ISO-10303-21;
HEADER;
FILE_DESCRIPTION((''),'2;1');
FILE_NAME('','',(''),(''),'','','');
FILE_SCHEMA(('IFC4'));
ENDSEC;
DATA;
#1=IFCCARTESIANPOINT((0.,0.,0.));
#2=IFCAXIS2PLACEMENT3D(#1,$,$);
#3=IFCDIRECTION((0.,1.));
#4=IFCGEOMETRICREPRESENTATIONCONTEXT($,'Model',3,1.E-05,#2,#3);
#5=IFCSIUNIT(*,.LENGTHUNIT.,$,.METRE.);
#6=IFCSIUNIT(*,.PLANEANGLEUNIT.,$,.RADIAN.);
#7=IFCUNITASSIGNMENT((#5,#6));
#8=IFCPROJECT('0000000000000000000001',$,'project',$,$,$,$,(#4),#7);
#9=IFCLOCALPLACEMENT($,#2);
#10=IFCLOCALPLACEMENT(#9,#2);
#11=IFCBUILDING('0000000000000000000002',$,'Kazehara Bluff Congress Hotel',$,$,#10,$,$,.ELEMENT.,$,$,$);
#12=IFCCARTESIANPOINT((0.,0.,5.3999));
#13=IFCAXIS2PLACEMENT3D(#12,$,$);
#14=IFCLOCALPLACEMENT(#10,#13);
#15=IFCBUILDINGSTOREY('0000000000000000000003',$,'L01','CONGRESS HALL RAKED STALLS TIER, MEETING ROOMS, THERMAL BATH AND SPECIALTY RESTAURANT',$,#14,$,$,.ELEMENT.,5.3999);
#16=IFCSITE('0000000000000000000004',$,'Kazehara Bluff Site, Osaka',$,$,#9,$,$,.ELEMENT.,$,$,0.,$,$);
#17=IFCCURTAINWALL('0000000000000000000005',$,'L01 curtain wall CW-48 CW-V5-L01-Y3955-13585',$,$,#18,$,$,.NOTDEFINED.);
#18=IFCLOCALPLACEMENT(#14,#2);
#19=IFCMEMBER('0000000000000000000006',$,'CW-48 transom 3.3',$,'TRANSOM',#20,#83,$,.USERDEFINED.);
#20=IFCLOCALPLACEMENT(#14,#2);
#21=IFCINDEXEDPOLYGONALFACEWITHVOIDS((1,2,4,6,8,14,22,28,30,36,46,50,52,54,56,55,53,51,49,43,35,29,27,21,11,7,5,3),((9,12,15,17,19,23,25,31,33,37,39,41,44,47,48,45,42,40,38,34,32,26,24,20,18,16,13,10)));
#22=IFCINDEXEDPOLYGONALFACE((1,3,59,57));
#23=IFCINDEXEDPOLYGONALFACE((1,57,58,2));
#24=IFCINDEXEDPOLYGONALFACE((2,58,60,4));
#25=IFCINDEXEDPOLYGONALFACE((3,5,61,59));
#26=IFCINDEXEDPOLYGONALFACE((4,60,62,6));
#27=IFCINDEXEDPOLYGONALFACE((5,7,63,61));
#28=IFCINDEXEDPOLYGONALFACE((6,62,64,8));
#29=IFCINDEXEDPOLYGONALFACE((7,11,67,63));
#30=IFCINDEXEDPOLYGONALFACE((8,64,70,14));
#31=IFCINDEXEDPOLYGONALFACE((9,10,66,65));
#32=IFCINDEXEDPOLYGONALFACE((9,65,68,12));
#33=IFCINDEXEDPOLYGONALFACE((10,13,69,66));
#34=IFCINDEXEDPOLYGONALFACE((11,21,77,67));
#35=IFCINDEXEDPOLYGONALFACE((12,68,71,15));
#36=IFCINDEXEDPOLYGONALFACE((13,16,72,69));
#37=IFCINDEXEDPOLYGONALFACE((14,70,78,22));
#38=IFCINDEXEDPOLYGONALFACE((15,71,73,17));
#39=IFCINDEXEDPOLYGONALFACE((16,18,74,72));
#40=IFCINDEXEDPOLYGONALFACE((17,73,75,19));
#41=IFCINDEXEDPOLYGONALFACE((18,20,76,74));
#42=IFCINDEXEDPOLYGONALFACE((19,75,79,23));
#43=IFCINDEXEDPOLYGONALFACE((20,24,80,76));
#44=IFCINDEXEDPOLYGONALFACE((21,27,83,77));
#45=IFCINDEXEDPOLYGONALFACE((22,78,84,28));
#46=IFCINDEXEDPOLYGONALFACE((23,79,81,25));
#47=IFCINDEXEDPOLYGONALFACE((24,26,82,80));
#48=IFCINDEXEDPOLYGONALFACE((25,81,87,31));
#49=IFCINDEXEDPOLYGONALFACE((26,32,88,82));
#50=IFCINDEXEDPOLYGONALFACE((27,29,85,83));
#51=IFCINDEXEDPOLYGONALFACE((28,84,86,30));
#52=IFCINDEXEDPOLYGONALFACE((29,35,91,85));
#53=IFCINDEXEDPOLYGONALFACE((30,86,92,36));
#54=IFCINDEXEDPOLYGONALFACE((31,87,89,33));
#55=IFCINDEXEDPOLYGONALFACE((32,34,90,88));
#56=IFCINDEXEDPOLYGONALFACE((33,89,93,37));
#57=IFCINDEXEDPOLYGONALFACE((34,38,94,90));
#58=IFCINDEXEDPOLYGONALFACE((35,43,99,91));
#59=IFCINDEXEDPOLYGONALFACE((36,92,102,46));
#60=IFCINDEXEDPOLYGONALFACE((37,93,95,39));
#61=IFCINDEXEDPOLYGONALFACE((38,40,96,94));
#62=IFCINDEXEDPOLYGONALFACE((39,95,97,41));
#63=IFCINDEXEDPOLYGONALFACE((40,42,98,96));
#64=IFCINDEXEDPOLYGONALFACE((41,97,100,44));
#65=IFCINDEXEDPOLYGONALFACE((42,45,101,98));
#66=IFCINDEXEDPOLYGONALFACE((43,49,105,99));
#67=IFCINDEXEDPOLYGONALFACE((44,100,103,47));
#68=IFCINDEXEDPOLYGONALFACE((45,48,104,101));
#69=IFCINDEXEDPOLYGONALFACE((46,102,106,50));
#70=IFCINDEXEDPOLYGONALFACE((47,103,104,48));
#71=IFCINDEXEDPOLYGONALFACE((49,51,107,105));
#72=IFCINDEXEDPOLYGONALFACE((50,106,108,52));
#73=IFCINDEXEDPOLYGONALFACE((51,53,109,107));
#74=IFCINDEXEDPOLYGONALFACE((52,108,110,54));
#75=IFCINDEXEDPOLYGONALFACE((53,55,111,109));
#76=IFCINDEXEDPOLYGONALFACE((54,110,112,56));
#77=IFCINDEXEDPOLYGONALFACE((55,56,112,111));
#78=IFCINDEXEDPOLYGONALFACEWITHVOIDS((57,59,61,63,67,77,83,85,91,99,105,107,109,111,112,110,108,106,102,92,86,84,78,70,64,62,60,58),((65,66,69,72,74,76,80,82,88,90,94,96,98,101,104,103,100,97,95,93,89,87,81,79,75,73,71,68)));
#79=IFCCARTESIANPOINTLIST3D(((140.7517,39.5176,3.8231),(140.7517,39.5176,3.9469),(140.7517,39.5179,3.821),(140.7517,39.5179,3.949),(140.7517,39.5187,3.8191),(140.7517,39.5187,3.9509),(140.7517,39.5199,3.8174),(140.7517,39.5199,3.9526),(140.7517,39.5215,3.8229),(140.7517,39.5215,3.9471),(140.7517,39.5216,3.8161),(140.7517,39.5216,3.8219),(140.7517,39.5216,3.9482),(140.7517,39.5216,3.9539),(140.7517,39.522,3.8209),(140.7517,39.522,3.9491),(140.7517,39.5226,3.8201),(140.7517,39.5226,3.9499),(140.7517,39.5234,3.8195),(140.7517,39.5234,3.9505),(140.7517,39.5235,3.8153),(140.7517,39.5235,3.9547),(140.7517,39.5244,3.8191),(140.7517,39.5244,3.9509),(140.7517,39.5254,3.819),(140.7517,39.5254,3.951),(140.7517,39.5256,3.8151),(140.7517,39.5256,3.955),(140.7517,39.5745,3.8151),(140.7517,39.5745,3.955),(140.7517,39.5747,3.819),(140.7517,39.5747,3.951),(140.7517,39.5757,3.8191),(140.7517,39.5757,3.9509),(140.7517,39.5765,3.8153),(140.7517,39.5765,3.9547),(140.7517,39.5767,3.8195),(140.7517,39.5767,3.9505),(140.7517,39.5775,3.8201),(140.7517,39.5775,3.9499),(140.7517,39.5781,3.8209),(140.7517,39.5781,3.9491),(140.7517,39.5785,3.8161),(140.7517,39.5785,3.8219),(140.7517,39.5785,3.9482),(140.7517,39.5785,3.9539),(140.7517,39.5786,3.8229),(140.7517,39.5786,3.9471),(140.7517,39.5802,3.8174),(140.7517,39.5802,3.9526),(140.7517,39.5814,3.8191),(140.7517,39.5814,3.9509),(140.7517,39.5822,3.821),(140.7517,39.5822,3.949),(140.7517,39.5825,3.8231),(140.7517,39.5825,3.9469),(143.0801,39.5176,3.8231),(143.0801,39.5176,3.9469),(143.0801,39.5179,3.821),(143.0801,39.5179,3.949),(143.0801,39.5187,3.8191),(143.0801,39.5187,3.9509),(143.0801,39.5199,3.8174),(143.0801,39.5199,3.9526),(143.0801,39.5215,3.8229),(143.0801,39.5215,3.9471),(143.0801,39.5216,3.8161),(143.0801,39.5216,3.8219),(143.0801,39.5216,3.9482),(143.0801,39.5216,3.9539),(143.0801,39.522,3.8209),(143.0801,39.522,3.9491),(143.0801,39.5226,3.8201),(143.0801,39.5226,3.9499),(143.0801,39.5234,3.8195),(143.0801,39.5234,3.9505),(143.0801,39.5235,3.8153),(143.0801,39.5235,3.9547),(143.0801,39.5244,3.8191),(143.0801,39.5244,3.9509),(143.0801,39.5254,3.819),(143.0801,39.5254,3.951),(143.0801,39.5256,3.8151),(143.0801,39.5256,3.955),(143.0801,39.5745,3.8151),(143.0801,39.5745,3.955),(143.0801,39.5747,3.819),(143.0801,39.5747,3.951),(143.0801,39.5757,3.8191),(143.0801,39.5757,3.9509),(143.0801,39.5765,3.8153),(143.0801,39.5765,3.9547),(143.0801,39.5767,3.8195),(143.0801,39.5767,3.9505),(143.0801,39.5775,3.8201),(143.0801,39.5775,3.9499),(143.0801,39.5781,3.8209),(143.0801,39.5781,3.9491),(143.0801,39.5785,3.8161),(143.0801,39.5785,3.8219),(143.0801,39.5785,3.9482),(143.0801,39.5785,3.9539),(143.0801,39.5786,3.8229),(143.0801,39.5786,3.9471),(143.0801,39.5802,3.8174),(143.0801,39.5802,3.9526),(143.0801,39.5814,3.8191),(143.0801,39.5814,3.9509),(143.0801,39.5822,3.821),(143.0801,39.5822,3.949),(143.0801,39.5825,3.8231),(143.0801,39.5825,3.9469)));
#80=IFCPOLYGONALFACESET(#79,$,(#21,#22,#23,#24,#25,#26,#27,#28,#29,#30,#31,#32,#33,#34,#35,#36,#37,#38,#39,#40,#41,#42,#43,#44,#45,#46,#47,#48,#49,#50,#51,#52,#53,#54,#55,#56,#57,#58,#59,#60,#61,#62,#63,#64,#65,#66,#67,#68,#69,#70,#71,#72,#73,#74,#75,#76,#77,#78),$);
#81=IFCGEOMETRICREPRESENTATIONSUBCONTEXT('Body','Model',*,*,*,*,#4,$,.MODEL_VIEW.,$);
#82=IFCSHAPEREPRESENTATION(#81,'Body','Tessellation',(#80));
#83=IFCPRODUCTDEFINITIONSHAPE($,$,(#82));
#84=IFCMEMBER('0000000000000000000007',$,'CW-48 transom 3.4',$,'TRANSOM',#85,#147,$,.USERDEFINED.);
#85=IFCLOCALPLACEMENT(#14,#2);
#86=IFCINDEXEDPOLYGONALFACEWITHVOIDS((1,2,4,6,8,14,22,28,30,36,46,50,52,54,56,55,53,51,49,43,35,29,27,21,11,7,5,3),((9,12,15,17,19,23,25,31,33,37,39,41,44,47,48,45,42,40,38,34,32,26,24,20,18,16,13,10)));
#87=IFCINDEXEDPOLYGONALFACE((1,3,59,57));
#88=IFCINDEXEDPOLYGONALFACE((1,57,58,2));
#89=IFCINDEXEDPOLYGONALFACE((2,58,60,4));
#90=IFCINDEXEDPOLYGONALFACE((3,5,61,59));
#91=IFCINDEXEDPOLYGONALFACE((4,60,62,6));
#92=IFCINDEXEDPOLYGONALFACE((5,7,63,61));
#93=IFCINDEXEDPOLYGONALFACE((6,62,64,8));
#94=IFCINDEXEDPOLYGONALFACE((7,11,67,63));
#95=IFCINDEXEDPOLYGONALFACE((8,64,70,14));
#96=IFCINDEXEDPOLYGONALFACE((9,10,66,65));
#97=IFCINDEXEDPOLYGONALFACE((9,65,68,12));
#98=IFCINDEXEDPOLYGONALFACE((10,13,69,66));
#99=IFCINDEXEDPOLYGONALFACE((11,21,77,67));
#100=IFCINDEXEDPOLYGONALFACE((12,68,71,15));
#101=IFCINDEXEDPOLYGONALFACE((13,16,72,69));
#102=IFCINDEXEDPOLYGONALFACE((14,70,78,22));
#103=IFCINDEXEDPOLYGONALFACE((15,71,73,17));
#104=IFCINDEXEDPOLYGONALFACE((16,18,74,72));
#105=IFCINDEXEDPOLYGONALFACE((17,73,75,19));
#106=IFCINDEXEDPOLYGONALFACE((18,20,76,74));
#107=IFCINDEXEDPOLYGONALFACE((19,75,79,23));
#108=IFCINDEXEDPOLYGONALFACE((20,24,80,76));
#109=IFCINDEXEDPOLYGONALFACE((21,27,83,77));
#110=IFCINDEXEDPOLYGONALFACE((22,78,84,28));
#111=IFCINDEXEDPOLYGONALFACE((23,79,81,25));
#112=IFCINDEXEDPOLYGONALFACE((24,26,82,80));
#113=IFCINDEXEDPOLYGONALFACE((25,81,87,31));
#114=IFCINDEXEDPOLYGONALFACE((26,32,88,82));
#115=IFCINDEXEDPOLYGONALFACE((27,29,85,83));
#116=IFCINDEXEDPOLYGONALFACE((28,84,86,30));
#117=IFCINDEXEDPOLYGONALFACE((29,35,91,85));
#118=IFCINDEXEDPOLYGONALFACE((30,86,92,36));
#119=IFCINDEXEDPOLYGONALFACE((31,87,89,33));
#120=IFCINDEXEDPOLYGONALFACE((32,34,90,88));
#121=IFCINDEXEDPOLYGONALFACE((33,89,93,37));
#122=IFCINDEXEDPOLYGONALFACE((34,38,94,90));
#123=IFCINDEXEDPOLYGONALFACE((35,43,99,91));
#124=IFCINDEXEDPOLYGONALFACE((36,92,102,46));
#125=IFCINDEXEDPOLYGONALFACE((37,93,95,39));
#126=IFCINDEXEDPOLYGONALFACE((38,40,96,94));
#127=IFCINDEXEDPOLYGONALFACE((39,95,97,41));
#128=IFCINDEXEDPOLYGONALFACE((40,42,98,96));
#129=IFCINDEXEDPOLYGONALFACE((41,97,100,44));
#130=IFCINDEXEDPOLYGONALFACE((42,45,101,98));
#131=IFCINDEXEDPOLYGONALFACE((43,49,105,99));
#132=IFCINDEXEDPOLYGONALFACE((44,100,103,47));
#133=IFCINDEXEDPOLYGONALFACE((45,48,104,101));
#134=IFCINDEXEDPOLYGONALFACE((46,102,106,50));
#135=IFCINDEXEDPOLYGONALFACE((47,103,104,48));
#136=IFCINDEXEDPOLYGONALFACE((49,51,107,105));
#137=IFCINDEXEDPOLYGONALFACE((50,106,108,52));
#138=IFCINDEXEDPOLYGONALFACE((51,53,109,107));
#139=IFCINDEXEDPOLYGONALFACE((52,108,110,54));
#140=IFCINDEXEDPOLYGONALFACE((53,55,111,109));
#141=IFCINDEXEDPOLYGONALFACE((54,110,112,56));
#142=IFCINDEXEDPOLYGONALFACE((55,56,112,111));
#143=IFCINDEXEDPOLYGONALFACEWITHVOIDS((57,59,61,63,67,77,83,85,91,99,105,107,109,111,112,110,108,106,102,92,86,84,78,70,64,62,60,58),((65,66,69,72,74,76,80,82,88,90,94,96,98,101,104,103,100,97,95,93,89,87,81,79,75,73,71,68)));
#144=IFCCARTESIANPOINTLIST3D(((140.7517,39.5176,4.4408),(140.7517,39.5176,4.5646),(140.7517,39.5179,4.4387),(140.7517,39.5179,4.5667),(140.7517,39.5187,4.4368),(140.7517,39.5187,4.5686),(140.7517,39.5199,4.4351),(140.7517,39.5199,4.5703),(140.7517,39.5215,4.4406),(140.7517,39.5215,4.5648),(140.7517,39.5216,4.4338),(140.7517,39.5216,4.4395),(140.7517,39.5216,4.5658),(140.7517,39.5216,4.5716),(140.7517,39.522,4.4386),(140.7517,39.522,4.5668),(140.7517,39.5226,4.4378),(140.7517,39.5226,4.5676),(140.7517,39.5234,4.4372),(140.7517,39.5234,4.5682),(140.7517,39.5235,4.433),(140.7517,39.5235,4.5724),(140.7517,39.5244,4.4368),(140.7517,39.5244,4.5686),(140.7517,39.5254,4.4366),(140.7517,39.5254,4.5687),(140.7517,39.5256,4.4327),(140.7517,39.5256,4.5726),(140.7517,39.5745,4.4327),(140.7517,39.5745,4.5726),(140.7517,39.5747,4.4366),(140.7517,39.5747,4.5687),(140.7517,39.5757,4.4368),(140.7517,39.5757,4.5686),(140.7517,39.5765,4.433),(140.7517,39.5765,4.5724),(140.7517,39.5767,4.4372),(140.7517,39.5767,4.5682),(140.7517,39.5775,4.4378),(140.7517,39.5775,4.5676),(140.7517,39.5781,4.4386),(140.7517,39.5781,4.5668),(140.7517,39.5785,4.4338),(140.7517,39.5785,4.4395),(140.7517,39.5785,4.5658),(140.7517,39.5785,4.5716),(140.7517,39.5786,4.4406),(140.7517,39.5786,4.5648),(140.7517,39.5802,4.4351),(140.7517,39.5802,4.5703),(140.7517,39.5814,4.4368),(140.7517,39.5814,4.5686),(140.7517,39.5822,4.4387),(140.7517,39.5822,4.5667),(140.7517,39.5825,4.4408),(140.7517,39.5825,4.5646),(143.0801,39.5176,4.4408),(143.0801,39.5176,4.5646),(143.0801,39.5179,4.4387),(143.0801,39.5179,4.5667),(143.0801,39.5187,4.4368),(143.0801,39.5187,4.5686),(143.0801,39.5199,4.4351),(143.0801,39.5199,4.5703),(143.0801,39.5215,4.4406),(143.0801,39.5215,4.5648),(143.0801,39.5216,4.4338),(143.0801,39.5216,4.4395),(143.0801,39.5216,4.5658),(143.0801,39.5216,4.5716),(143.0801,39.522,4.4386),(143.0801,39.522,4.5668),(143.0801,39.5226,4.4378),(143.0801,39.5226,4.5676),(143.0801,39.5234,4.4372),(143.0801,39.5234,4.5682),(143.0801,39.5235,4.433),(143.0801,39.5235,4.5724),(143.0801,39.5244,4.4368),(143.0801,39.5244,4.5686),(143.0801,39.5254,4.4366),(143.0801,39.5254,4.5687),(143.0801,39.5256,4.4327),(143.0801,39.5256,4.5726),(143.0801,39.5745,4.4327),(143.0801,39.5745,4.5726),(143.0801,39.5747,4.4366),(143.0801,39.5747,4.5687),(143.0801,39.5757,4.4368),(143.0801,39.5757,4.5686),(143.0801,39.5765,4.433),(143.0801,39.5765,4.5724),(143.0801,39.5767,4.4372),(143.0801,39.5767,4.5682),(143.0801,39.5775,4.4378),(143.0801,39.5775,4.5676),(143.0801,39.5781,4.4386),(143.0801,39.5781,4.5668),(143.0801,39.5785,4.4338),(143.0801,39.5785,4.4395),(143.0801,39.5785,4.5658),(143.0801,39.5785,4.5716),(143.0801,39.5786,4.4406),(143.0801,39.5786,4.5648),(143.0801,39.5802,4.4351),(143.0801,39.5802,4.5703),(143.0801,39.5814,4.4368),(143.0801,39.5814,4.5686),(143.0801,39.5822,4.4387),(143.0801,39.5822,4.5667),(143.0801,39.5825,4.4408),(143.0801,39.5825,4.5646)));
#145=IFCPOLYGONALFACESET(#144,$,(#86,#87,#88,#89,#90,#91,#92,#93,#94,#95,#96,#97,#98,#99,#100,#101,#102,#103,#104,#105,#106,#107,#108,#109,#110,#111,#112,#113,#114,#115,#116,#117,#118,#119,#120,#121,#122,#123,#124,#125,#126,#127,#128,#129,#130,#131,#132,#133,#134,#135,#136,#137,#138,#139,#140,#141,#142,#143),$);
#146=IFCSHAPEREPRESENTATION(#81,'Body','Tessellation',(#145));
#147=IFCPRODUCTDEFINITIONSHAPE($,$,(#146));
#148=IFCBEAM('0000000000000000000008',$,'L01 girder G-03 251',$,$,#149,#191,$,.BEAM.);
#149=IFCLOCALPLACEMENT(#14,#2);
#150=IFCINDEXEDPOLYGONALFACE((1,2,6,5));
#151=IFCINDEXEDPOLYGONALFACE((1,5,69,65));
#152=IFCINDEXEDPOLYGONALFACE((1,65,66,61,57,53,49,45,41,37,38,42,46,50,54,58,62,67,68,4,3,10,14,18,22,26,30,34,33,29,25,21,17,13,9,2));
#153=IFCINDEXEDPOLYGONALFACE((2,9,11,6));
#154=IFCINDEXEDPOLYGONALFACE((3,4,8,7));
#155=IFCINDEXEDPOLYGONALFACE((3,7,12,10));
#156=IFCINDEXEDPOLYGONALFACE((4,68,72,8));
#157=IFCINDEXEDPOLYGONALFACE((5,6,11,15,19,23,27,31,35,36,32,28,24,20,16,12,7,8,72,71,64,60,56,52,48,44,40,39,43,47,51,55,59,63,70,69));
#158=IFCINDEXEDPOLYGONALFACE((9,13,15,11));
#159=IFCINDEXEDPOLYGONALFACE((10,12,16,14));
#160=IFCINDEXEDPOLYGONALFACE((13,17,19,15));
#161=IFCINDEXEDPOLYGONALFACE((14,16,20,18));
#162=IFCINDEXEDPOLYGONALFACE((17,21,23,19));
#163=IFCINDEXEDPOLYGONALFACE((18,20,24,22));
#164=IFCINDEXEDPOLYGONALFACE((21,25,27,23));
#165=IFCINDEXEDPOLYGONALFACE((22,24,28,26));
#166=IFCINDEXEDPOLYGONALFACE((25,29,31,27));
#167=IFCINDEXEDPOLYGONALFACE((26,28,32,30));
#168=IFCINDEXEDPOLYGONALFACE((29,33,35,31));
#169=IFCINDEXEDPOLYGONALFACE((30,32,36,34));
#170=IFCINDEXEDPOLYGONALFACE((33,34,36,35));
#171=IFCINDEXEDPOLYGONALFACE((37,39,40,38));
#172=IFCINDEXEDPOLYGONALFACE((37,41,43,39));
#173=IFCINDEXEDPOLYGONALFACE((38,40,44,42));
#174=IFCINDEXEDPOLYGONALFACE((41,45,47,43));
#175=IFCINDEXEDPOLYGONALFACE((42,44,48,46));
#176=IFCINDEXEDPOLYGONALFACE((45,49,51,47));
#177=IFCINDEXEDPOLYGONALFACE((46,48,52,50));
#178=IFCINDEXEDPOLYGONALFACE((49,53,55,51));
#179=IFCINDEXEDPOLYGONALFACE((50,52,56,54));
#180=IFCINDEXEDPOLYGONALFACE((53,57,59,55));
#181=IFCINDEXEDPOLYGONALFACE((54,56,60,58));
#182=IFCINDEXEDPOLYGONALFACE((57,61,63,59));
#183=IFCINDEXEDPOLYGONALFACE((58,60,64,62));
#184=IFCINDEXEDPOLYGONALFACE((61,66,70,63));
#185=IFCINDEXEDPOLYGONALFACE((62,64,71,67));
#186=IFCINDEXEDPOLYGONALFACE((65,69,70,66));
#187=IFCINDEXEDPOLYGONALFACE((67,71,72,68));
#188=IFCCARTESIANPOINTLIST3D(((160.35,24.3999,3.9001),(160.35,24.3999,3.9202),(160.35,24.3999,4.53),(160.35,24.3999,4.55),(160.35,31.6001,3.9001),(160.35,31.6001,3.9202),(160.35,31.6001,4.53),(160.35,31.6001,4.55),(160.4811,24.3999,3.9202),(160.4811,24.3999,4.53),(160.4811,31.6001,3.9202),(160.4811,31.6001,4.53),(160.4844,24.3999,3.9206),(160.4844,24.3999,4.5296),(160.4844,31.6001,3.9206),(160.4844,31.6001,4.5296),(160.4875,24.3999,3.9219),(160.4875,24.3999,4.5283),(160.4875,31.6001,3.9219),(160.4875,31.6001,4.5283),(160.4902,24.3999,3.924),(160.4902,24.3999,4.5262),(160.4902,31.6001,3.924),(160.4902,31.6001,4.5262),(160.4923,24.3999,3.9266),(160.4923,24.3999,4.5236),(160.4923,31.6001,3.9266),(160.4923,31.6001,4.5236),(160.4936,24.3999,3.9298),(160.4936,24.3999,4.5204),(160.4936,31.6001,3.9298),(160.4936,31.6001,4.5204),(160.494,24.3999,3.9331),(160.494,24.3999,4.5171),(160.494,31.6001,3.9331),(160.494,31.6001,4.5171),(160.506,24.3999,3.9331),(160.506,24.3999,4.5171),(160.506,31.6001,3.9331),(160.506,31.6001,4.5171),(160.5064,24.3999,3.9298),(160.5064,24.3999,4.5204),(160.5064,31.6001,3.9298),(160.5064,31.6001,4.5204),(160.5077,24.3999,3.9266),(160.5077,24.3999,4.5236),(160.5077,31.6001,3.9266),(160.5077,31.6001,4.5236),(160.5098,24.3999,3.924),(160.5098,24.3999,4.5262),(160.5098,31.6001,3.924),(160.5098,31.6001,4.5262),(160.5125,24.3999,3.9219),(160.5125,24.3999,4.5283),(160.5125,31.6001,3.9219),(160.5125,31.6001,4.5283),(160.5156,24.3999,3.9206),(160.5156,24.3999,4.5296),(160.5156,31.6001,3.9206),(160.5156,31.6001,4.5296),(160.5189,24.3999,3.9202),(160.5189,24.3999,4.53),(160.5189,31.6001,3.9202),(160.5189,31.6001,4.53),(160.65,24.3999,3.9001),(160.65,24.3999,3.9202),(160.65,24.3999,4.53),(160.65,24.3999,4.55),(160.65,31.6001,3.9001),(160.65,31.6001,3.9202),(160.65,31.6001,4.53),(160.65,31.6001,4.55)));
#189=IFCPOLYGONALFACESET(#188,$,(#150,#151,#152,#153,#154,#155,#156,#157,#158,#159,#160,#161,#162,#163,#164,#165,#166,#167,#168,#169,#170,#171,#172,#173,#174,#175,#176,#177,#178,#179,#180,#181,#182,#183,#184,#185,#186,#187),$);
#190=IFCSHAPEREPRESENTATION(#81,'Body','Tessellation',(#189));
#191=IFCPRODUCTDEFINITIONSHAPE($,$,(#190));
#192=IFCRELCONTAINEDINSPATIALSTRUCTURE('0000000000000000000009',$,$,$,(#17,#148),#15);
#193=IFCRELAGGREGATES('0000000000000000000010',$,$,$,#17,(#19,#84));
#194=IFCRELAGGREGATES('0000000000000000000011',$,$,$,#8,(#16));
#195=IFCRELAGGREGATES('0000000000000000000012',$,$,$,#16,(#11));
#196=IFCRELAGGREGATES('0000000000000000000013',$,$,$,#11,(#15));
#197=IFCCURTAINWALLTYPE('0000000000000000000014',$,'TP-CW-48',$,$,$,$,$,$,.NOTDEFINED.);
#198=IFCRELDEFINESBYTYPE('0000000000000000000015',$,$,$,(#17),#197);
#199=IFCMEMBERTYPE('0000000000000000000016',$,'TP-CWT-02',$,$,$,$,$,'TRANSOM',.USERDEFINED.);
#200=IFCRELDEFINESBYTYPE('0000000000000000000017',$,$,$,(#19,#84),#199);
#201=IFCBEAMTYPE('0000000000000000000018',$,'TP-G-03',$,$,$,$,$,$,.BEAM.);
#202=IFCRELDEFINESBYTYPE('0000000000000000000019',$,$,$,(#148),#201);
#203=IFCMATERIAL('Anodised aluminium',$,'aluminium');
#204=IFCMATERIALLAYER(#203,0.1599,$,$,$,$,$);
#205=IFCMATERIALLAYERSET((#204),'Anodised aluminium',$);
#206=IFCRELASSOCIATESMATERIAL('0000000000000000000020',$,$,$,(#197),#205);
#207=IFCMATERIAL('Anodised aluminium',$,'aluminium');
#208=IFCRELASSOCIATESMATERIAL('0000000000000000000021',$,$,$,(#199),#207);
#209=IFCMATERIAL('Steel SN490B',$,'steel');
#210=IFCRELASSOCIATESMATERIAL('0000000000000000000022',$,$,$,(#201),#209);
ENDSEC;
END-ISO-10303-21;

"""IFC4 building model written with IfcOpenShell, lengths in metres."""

from ifc_helpers import new_model, si_unit, direction, frame, origin, origin_2d, place, context, subcontext, project, spatial, hollow_rectangle, i_section, extrude, material, layer, layer_set, material_profile, profile_set, type_object, element, aggregate, save


model = new_model("IFC4")

# Units and contexts
model_context = context("Model", 3, precision=1e-05, world=origin(), true_north=direction((0.0, 1.0)))
body_context = subcontext(model_context, "Body", "Model", "MODEL_VIEW")
ifc_project = project(units=[si_unit("LENGTHUNIT", "METRE"), si_unit("PLANEANGLEUNIT", "RADIAN")], contexts=[model_context])

# Site, building, storey
site_placement = place(None, origin())
site = spatial("IfcSite", under=ifc_project, at=site_placement, Name="Kazehara Bluff Site, Osaka", CompositionType="ELEMENT", RefElevation=0.0)
building_placement = place(site_placement, origin())
building = spatial("IfcBuilding", under=site, at=building_placement, Name="Kazehara Bluff Congress Hotel", CompositionType="ELEMENT")
storey_placement = place(building_placement, frame((0.0, 0.0, 5.3999)))
storey = spatial("IfcBuildingStorey", under=building, at=storey_placement, Name="L01", Description="CONGRESS HALL RAKED STALLS TIER, MEETING ROOMS, THERMAL BATH AND SPECIALTY RESTAURANT", CompositionType="ELEMENT", Elevation=5.3999)

# Curtain wall, members
ifc_material_1 = material(Name="Anodised aluminium", Category="aluminium")
ifc_layer_1 = layer(ifc_material_1, 0.1599)
ifc_layer_set_1 = layer_set([ifc_layer_1], Name="Anodised aluminium")
curtain_wall_type = type_object("IfcCurtainWallType", Name="TP-CW-48", PredefinedType="NOTDEFINED", material=ifc_layer_set_1)
curtain_wall_placement = place(storey_placement, origin())
curtain_wall = element("IfcCurtainWall", 1, at=curtain_wall_placement, inside=storey, type_object=curtain_wall_type, Name="L01 curtain wall CW-48 CW-V5-L01-Y3955-13585", PredefinedType="NOTDEFINED")
ifc_material_2 = material(Name="Anodised aluminium", Category="aluminium")
ifc_material_profile_1 = material_profile(ifc_material_2, hollow_rectangle(XDim=0.0649, YDim=0.1399, WallThickness=0.0039, InnerFilletRadius=0.0039, OuterFilletRadius=0.0081, at=origin_2d()))
ifc_profile_set_1 = profile_set([ifc_material_profile_1], Name="Anodised aluminium")
member_type_1 = type_object("IfcMemberType", Name="TP-CWT-02", ElementType="TRANSOM", PredefinedType="USERDEFINED", material=ifc_profile_set_1)
member_1_placement = place(storey_placement, frame((140.7517, 39.55, 3.885), z_axis=(1.0, 0.0, 0.0), x_axis=(0.0, 1.0, 0.0)))
member_1 = element("IfcMember", 2, at=member_1_placement, type_object=member_type_1, Name="CW-48 transom 3.3", ObjectType="TRANSOM", PredefinedType="USERDEFINED", context=body_context, shape_type="SweptSolid", body=[
    extrude(hollow_rectangle(XDim=0.0649, YDim=0.1399, WallThickness=0.0039, InnerFilletRadius=0.0039, OuterFilletRadius=0.0081, at=origin_2d()), origin(), (0.0, 0.0, 1.0), 2.3284),
])
member_2_placement = place(storey_placement, frame((140.7517, 39.55, 4.5027), z_axis=(1.0, 0.0, 0.0), x_axis=(0.0, 1.0, 0.0)))
member_2 = element("IfcMember", 3, at=member_2_placement, type_object=member_type_1, Name="CW-48 transom 3.4", ObjectType="TRANSOM", PredefinedType="USERDEFINED", context=body_context, shape_type="SweptSolid", body=[
    extrude(hollow_rectangle(XDim=0.0649, YDim=0.1399, WallThickness=0.0039, InnerFilletRadius=0.0039, OuterFilletRadius=0.0081, at=origin_2d()), origin(), (0.0, 0.0, 1.0), 2.3284),
])

# Beam
ifc_material_3 = material(Name="Steel SN490B", Category="steel")
ifc_material_profile_2 = material_profile(ifc_material_3, i_section(OverallWidth=0.3, OverallDepth=0.6499, WebThickness=0.012, FlangeThickness=0.02, FilletRadius=0.0129, at=origin_2d()))
ifc_profile_set_2 = profile_set([ifc_material_profile_2], Name="Steel SN490B")
beam_type_1 = type_object("IfcBeamType", Name="TP-G-03", PredefinedType="BEAM", material=ifc_profile_set_2)
beam_1_placement = place(storey_placement, frame((160.5, 24.3999, 4.2251), z_axis=(0.0, 1.0, 0.0), x_axis=(-1.0, 0.0, 0.0)))
element("IfcBeam", 4, at=beam_1_placement, inside=storey, type_object=beam_type_1, Name="L01 girder G-03 251", PredefinedType="BEAM", context=body_context, shape_type="SweptSolid", body=[
    extrude(i_section(OverallWidth=0.3, OverallDepth=0.6499, WebThickness=0.012, FlangeThickness=0.02, FilletRadius=0.0129, at=origin_2d()), origin(), (0.0, 0.0, 1.0), 7.2002),
])

aggregate(curtain_wall, [member_1, member_2])

save(model, "model.ifc")
